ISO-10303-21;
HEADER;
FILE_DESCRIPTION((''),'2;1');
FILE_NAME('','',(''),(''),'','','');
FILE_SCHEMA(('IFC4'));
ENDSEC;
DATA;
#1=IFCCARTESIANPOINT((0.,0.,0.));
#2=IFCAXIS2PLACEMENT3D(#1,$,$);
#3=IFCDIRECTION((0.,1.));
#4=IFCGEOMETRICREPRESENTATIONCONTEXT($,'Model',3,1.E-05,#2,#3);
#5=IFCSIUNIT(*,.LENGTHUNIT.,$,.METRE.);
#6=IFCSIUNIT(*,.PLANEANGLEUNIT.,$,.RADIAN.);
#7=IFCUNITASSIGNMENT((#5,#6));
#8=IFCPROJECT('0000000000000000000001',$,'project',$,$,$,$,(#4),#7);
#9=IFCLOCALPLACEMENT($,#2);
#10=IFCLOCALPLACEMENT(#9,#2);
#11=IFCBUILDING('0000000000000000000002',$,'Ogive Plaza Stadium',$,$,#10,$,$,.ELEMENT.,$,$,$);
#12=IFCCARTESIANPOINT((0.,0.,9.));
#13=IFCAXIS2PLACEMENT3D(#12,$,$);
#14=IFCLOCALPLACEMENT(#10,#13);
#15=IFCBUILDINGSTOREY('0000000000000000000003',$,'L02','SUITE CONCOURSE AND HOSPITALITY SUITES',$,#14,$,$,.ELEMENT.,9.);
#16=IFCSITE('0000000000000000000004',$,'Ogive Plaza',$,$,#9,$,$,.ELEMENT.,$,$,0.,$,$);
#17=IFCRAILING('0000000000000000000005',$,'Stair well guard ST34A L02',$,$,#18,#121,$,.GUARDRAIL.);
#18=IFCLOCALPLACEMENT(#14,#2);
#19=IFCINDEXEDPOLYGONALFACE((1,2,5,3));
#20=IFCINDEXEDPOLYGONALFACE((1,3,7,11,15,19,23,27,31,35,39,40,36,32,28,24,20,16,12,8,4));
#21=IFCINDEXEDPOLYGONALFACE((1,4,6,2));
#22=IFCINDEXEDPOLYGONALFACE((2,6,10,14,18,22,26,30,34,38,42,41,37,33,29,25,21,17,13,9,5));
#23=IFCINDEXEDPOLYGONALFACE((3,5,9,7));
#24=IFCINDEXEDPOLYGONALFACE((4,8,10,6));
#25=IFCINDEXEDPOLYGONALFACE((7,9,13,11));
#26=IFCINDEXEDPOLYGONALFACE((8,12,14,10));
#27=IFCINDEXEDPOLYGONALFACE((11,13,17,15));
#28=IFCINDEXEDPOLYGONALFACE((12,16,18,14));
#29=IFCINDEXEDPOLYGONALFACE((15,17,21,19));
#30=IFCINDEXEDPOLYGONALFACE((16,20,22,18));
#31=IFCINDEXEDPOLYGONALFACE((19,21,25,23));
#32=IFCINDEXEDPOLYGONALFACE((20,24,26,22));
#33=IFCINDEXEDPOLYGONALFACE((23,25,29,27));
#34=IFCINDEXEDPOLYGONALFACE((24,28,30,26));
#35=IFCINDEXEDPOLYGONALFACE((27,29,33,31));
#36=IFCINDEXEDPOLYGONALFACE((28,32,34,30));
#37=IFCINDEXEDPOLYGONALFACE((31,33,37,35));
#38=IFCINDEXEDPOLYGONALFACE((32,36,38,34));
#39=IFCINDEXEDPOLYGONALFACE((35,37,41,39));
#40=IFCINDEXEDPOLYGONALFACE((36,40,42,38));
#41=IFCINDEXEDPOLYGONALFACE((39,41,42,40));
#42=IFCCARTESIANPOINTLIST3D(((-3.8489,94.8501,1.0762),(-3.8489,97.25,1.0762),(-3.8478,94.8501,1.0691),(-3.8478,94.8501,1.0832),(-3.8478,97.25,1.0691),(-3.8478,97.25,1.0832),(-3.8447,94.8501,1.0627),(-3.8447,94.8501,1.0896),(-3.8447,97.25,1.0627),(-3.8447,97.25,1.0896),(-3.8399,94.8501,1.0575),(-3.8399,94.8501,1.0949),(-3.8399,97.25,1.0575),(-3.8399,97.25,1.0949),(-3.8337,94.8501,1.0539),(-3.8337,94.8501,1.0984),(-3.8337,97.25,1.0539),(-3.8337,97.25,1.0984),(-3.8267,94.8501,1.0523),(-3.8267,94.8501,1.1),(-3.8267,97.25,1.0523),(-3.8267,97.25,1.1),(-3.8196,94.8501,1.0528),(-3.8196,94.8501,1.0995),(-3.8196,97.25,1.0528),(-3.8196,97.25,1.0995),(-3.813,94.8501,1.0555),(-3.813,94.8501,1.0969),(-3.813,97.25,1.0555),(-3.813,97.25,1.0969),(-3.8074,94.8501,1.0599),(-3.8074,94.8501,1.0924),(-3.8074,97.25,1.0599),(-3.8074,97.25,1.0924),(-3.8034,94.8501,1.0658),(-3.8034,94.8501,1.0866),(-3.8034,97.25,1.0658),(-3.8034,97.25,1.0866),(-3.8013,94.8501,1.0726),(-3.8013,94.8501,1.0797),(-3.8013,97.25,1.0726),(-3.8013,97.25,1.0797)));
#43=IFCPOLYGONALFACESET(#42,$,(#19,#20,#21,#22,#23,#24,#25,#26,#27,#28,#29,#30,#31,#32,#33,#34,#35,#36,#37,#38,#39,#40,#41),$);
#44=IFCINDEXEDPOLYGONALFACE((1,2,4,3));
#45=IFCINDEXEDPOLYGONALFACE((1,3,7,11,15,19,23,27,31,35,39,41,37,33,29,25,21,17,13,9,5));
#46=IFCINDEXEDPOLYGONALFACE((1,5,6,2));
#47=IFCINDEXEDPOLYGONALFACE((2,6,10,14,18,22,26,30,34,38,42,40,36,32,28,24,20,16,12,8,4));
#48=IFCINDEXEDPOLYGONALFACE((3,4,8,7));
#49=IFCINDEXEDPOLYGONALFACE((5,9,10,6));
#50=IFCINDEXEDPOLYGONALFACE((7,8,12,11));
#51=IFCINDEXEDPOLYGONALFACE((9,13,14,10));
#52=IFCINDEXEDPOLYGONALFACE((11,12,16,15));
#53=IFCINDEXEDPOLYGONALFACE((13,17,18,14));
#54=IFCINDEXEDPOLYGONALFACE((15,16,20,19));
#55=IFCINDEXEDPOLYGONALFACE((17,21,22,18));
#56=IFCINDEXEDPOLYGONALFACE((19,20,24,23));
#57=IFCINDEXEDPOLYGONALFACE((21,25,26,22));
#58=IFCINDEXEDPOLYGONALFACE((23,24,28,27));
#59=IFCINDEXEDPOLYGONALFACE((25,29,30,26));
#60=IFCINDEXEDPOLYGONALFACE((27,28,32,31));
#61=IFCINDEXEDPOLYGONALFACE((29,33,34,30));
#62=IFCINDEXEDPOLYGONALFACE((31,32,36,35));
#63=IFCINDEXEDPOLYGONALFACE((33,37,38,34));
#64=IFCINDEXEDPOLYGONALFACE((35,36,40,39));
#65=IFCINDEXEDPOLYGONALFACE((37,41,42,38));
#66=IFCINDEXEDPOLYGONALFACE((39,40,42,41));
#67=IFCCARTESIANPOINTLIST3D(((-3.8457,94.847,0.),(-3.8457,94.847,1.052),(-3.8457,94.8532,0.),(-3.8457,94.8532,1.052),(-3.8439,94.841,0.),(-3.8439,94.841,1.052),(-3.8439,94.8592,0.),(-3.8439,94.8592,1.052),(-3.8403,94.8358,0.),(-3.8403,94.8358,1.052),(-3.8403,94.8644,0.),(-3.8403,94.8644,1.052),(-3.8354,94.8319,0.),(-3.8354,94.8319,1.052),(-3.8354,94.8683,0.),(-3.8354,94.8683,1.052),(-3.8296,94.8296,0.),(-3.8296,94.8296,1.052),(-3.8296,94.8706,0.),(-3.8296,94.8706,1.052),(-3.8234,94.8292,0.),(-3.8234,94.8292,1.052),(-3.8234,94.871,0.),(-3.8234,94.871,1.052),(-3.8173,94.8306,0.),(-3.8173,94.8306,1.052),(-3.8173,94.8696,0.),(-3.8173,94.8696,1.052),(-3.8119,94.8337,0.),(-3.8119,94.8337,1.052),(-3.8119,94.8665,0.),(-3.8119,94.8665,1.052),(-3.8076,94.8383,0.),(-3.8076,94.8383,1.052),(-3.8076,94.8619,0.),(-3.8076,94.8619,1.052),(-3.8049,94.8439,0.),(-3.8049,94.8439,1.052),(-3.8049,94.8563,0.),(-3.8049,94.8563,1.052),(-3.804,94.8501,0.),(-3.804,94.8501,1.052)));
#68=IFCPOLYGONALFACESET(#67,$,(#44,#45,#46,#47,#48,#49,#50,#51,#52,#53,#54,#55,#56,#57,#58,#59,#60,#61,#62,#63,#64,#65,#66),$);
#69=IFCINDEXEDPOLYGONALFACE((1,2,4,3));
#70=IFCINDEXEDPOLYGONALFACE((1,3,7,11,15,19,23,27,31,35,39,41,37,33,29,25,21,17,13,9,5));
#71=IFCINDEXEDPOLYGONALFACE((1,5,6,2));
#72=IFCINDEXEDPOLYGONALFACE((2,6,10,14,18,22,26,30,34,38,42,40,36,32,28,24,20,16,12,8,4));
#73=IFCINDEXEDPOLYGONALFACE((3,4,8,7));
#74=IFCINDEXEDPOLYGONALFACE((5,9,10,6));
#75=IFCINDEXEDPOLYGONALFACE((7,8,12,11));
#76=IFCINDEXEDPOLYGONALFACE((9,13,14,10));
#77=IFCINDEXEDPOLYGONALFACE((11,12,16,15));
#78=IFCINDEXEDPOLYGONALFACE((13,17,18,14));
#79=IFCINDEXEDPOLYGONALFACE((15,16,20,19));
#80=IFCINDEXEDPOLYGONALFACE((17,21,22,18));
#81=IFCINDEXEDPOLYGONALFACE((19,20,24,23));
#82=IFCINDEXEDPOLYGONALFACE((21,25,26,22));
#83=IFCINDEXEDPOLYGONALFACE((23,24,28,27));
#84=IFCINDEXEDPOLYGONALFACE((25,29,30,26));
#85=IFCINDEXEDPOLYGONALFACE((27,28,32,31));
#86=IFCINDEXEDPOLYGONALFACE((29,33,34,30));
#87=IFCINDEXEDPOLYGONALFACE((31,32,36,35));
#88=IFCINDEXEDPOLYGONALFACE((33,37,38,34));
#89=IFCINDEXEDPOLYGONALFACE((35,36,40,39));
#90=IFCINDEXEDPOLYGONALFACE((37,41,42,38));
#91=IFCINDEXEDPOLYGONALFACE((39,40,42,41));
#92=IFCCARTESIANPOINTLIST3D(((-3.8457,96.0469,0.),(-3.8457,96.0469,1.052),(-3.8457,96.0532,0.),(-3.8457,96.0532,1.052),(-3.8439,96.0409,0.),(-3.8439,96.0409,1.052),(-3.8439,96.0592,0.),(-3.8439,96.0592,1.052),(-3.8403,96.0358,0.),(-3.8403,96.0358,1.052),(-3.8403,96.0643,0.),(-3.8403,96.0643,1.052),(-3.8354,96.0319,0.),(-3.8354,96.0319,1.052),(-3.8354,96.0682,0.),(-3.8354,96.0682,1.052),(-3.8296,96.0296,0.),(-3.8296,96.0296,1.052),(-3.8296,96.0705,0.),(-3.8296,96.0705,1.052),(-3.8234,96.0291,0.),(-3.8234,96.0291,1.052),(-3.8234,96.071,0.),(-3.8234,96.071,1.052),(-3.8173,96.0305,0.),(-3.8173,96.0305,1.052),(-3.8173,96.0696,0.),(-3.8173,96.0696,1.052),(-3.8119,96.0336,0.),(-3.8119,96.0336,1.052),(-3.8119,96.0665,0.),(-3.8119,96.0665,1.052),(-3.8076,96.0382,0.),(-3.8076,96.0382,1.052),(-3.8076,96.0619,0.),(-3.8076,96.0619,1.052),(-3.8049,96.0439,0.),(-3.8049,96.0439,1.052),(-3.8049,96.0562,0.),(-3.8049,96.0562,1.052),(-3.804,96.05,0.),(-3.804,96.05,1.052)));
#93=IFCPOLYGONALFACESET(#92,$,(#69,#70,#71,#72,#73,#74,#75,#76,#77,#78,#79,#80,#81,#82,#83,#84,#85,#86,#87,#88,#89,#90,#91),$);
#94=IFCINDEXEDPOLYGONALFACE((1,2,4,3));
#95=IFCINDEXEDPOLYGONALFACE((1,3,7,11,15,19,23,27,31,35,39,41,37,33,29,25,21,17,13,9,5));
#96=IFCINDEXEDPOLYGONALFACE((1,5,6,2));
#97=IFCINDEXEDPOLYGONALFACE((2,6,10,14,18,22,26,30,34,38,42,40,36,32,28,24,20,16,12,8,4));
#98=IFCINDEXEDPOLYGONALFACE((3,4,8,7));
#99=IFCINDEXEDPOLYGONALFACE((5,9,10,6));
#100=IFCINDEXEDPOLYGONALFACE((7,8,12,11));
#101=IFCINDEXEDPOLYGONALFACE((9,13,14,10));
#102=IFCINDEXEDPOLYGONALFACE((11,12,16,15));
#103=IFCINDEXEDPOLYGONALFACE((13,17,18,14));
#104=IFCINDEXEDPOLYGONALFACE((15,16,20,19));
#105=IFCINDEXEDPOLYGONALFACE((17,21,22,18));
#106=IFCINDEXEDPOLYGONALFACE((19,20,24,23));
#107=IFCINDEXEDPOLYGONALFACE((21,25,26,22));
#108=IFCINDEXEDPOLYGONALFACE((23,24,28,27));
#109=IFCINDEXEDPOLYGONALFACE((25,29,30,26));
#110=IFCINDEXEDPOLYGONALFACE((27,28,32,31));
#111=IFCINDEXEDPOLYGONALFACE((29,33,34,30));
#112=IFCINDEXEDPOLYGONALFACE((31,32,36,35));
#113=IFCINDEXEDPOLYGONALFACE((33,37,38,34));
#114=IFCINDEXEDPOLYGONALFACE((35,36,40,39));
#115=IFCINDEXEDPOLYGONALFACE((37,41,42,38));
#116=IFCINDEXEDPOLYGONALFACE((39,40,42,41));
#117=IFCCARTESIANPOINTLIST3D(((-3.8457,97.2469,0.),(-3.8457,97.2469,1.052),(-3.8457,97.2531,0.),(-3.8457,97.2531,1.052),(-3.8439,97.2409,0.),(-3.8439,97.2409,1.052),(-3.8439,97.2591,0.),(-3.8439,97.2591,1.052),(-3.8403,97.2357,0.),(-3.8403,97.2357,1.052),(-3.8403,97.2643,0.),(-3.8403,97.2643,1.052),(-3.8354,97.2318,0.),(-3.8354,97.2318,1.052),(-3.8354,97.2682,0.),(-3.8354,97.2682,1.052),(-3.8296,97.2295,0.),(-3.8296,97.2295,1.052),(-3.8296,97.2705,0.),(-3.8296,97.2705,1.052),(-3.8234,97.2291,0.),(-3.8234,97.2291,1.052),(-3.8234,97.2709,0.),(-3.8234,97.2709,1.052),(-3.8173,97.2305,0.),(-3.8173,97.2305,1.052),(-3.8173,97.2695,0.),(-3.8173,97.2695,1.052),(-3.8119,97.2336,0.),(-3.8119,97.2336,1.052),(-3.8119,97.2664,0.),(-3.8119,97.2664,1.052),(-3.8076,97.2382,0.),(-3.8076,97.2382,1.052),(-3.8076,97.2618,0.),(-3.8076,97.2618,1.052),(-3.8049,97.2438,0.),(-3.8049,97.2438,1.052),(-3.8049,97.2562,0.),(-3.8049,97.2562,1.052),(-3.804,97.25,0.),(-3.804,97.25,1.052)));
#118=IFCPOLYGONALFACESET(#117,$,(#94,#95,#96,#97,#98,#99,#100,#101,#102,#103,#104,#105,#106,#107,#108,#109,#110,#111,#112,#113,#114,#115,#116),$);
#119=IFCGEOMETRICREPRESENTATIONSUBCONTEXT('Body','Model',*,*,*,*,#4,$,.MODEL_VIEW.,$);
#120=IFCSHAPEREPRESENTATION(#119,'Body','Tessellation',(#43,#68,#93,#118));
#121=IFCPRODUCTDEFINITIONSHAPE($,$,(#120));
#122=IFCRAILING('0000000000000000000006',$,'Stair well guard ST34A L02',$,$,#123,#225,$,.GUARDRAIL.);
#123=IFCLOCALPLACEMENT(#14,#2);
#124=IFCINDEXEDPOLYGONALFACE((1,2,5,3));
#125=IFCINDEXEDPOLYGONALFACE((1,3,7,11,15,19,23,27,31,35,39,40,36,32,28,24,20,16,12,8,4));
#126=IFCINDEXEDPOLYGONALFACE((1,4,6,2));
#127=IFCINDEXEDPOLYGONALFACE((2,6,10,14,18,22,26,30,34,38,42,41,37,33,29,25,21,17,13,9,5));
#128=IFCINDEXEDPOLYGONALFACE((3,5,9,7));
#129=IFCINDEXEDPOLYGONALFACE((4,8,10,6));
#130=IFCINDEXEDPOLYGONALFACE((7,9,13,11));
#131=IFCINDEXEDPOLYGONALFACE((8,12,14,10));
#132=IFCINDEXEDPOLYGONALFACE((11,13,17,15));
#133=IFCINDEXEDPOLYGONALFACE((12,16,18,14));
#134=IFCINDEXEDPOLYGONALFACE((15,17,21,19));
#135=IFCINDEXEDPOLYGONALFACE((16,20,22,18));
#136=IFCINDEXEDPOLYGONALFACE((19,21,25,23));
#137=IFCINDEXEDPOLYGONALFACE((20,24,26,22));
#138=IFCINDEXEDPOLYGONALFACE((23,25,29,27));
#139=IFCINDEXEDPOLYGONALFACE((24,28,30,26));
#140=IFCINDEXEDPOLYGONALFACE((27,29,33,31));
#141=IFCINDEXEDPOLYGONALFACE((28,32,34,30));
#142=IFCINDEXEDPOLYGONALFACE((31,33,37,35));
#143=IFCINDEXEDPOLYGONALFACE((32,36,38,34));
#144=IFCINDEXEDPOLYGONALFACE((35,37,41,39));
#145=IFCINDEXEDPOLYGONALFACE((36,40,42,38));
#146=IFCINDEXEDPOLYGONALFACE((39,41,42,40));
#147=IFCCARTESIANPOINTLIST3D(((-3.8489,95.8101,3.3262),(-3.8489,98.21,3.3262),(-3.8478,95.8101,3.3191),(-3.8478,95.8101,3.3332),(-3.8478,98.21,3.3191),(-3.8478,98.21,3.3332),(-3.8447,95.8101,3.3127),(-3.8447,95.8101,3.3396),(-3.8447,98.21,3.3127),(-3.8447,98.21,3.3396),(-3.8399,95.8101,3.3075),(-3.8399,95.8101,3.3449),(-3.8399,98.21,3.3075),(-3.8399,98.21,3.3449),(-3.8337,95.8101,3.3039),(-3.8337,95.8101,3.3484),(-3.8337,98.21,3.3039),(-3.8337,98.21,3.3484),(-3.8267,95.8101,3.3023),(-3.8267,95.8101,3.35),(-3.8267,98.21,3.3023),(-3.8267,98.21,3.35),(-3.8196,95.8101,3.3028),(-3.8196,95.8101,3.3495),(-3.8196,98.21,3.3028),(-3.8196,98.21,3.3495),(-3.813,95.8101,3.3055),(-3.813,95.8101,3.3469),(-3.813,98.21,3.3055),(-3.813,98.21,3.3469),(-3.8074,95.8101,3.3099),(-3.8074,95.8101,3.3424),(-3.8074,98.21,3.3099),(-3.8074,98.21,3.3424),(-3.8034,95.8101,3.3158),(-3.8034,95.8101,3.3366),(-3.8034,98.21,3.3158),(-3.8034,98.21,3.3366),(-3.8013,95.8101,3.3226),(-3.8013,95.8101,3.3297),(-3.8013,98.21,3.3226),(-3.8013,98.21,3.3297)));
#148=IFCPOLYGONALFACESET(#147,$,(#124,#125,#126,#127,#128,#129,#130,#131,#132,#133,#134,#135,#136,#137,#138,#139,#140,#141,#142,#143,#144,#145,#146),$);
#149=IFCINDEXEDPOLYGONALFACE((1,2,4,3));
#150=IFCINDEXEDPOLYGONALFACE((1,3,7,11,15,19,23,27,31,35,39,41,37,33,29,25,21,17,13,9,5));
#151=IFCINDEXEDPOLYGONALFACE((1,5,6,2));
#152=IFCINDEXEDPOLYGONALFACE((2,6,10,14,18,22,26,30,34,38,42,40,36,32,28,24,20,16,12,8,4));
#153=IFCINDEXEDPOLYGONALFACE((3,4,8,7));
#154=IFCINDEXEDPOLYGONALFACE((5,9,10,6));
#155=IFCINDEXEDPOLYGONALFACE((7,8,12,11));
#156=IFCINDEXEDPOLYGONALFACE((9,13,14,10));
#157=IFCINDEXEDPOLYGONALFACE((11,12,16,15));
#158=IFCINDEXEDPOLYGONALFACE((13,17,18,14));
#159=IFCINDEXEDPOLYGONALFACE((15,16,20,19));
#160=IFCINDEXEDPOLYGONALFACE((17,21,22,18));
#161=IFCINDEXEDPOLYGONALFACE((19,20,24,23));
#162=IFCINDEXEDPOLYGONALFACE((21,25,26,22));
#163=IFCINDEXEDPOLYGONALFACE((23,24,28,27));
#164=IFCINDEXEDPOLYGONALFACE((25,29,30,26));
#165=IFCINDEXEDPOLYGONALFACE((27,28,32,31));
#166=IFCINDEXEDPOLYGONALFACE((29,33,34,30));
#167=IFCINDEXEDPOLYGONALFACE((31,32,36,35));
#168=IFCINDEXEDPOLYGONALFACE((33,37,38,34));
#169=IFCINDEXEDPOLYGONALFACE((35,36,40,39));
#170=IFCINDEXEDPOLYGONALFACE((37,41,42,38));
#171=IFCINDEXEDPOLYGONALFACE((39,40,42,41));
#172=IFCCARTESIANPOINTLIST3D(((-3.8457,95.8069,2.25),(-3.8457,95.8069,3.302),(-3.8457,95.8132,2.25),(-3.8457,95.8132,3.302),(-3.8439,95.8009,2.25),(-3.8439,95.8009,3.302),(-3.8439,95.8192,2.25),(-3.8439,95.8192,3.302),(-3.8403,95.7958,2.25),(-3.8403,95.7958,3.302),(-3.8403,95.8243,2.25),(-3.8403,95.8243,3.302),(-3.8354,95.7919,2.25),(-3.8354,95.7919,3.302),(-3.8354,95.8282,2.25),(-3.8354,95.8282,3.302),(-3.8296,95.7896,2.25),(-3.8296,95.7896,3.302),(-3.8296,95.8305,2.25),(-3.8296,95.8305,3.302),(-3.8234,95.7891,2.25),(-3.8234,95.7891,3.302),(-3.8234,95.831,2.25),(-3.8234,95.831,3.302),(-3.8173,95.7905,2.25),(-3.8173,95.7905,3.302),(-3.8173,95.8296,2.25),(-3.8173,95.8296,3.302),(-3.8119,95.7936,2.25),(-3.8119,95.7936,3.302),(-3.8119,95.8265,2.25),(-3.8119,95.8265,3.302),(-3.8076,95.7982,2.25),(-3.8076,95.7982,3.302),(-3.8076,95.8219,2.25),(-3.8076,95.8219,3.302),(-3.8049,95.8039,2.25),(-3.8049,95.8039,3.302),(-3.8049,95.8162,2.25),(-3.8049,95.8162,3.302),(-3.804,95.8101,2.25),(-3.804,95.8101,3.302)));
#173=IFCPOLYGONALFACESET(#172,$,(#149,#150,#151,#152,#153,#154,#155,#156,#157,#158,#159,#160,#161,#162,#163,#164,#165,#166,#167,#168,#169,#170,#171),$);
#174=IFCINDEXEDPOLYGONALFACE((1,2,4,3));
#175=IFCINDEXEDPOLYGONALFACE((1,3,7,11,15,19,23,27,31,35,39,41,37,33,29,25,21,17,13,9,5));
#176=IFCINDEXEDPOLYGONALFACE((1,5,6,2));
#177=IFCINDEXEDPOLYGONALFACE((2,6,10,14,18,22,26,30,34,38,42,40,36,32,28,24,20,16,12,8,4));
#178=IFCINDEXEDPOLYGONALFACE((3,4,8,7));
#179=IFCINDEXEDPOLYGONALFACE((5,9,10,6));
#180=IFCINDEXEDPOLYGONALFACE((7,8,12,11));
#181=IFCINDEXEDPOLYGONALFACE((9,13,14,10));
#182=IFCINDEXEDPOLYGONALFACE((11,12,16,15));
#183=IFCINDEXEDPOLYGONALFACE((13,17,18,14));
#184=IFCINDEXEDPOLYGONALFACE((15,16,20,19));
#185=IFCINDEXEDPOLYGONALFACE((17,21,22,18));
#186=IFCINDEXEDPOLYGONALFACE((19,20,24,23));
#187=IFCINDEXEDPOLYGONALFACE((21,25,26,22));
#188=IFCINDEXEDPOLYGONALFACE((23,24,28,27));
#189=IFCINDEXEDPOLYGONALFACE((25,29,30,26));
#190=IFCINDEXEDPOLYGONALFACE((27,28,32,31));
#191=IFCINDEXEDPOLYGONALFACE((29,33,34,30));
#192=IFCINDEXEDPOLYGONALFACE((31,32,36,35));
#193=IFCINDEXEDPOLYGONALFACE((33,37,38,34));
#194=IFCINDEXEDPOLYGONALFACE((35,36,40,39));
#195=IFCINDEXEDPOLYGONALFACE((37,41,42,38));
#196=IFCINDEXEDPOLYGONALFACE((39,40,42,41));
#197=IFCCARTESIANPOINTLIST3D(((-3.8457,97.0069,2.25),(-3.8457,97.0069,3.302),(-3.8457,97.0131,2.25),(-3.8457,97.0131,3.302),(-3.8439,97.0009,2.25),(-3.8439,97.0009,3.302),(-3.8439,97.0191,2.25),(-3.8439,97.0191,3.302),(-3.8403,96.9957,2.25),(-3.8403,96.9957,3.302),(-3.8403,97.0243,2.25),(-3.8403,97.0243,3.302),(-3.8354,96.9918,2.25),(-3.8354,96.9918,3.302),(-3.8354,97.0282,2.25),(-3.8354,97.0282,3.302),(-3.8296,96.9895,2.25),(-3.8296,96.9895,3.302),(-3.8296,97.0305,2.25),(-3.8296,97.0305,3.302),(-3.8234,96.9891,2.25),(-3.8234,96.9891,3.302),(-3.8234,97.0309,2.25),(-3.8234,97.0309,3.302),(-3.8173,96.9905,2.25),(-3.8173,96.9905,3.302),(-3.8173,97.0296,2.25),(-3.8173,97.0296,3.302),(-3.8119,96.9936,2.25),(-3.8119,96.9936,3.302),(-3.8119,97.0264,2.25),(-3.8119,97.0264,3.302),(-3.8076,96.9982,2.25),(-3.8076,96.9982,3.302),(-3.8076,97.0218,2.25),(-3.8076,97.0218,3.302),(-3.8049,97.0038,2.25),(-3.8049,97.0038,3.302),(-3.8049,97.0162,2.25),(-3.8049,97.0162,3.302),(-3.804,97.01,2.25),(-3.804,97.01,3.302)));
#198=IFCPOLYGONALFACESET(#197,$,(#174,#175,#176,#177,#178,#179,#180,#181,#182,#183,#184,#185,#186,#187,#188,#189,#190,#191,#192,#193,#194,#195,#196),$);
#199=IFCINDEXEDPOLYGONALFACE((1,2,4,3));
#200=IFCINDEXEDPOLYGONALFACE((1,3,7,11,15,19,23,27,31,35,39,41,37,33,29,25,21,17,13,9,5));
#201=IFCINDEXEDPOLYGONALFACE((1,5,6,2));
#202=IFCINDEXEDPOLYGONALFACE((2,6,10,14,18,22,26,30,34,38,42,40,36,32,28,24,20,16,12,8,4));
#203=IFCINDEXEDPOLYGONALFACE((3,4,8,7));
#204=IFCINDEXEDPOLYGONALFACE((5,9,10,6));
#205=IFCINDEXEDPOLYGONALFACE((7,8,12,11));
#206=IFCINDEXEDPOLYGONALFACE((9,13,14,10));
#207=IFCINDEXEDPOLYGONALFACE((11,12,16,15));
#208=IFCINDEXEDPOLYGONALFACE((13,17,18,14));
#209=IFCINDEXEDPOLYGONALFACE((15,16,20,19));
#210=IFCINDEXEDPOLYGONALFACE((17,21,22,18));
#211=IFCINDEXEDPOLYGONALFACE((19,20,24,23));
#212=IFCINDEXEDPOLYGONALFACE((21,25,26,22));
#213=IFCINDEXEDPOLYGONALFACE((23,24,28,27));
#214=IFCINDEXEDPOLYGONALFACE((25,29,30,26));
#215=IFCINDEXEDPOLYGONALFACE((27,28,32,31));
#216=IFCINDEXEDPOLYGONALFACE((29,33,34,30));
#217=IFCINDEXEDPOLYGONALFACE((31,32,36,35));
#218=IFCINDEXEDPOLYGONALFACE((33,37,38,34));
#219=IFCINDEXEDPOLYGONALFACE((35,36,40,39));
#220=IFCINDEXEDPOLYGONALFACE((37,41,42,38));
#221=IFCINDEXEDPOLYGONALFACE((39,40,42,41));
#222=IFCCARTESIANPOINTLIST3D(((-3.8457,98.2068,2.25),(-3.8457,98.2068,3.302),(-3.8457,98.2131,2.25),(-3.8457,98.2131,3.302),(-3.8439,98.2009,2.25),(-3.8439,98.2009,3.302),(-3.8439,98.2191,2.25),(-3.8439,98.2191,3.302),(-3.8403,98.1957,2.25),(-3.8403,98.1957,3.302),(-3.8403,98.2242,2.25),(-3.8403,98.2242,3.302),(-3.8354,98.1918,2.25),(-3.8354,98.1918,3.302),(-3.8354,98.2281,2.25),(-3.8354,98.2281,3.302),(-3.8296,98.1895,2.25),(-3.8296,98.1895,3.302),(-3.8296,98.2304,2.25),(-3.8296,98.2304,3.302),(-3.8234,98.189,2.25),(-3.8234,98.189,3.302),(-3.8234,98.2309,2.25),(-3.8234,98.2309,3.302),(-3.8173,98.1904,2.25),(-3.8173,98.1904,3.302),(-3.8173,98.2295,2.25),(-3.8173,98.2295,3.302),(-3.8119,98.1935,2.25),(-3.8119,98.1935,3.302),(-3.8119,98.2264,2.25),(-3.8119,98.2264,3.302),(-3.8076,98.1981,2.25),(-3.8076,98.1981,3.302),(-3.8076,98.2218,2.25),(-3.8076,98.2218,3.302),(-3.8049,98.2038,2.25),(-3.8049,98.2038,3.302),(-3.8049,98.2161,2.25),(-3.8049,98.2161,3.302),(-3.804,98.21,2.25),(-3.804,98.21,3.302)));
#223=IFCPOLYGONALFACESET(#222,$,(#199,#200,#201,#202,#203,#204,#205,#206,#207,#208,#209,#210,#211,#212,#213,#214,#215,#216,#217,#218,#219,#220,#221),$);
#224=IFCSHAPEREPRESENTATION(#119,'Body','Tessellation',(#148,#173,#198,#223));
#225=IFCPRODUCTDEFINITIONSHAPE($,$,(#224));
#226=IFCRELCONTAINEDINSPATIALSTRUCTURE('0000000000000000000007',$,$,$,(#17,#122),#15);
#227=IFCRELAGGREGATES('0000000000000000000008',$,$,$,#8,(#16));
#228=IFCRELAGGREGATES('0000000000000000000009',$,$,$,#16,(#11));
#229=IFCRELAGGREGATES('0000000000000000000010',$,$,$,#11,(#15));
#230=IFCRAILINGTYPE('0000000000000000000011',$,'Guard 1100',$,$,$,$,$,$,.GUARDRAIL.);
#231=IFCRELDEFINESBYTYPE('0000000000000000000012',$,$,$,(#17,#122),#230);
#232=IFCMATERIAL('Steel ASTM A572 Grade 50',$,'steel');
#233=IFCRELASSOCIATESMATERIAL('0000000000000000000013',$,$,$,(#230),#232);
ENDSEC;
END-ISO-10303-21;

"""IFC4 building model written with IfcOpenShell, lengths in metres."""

from ifc_helpers import new_model, si_unit, direction, frame, origin, origin_2d, place, context, subcontext, project, spatial, circle, extrude, material, type_object, element, save


model = new_model("IFC4")

# Units and contexts
model_context = context("Model", 3, precision=1e-05, world=origin(), true_north=direction((0.0, 1.0)))
body_context = subcontext(model_context, "Body", "Model", "MODEL_VIEW")
ifc_project = project(units=[si_unit("LENGTHUNIT", "METRE"), si_unit("PLANEANGLEUNIT", "RADIAN")], contexts=[model_context])

# Site, building, storey
site_placement = place(None, origin())
site = spatial("IfcSite", under=ifc_project, at=site_placement, Name="Ogive Plaza", CompositionType="ELEMENT", RefElevation=0.0)
building_placement = place(site_placement, origin())
building = spatial("IfcBuilding", under=site, at=building_placement, Name="Ogive Plaza Stadium", CompositionType="ELEMENT")
storey_placement = place(building_placement, frame((0.0, 0.0, 9.0)))
storey = spatial("IfcBuildingStorey", under=building, at=storey_placement, Name="L02", Description="SUITE CONCOURSE AND HOSPITALITY SUITES", CompositionType="ELEMENT", Elevation=9.0)

# Railings
ifc_material_1 = material(Name="Steel ASTM A572 Grade 50", Category="steel")
railing_type_1 = type_object("IfcRailingType", Name="Guard 1100", PredefinedType="GUARDRAIL", material=ifc_material_1)
for number, where, name in (
    (1, (-3.825, 94.8501, 0.0), "Stair well guard ST34A L02"),
    (2, (-3.825, 95.8101, 2.25), "Stair well guard ST34A L02"),
):
    element("IfcRailing", number, at=place(storey_placement, frame(where)), inside=storey, type_object=railing_type_1, Name=name, PredefinedType="GUARDRAIL", context=body_context, shape_type="SweptSolid", body=[
        extrude(circle(Radius=0.0239, at=origin_2d()), frame((0.0, 0.0, 1.0762), z_axis=(0.0, 1.0, 0.0), x_axis=(-1.0, 0.0, 0.0)), (0.0, 0.0, 1.0), 2.3999),
        extrude(circle(Radius=0.021, at=origin_2d()), origin(), (0.0, 0.0, 1.0), 1.052),
        extrude(circle(Radius=0.021, at=origin_2d()), frame((0.0, 1.2, 0.0)), (0.0, 0.0, 1.0), 1.052),
        extrude(circle(Radius=0.021, at=origin_2d()), frame((0.0, 2.3999, 0.0)), (0.0, 0.0, 1.0), 1.052),
    ])

save(model, "model.ifc")
